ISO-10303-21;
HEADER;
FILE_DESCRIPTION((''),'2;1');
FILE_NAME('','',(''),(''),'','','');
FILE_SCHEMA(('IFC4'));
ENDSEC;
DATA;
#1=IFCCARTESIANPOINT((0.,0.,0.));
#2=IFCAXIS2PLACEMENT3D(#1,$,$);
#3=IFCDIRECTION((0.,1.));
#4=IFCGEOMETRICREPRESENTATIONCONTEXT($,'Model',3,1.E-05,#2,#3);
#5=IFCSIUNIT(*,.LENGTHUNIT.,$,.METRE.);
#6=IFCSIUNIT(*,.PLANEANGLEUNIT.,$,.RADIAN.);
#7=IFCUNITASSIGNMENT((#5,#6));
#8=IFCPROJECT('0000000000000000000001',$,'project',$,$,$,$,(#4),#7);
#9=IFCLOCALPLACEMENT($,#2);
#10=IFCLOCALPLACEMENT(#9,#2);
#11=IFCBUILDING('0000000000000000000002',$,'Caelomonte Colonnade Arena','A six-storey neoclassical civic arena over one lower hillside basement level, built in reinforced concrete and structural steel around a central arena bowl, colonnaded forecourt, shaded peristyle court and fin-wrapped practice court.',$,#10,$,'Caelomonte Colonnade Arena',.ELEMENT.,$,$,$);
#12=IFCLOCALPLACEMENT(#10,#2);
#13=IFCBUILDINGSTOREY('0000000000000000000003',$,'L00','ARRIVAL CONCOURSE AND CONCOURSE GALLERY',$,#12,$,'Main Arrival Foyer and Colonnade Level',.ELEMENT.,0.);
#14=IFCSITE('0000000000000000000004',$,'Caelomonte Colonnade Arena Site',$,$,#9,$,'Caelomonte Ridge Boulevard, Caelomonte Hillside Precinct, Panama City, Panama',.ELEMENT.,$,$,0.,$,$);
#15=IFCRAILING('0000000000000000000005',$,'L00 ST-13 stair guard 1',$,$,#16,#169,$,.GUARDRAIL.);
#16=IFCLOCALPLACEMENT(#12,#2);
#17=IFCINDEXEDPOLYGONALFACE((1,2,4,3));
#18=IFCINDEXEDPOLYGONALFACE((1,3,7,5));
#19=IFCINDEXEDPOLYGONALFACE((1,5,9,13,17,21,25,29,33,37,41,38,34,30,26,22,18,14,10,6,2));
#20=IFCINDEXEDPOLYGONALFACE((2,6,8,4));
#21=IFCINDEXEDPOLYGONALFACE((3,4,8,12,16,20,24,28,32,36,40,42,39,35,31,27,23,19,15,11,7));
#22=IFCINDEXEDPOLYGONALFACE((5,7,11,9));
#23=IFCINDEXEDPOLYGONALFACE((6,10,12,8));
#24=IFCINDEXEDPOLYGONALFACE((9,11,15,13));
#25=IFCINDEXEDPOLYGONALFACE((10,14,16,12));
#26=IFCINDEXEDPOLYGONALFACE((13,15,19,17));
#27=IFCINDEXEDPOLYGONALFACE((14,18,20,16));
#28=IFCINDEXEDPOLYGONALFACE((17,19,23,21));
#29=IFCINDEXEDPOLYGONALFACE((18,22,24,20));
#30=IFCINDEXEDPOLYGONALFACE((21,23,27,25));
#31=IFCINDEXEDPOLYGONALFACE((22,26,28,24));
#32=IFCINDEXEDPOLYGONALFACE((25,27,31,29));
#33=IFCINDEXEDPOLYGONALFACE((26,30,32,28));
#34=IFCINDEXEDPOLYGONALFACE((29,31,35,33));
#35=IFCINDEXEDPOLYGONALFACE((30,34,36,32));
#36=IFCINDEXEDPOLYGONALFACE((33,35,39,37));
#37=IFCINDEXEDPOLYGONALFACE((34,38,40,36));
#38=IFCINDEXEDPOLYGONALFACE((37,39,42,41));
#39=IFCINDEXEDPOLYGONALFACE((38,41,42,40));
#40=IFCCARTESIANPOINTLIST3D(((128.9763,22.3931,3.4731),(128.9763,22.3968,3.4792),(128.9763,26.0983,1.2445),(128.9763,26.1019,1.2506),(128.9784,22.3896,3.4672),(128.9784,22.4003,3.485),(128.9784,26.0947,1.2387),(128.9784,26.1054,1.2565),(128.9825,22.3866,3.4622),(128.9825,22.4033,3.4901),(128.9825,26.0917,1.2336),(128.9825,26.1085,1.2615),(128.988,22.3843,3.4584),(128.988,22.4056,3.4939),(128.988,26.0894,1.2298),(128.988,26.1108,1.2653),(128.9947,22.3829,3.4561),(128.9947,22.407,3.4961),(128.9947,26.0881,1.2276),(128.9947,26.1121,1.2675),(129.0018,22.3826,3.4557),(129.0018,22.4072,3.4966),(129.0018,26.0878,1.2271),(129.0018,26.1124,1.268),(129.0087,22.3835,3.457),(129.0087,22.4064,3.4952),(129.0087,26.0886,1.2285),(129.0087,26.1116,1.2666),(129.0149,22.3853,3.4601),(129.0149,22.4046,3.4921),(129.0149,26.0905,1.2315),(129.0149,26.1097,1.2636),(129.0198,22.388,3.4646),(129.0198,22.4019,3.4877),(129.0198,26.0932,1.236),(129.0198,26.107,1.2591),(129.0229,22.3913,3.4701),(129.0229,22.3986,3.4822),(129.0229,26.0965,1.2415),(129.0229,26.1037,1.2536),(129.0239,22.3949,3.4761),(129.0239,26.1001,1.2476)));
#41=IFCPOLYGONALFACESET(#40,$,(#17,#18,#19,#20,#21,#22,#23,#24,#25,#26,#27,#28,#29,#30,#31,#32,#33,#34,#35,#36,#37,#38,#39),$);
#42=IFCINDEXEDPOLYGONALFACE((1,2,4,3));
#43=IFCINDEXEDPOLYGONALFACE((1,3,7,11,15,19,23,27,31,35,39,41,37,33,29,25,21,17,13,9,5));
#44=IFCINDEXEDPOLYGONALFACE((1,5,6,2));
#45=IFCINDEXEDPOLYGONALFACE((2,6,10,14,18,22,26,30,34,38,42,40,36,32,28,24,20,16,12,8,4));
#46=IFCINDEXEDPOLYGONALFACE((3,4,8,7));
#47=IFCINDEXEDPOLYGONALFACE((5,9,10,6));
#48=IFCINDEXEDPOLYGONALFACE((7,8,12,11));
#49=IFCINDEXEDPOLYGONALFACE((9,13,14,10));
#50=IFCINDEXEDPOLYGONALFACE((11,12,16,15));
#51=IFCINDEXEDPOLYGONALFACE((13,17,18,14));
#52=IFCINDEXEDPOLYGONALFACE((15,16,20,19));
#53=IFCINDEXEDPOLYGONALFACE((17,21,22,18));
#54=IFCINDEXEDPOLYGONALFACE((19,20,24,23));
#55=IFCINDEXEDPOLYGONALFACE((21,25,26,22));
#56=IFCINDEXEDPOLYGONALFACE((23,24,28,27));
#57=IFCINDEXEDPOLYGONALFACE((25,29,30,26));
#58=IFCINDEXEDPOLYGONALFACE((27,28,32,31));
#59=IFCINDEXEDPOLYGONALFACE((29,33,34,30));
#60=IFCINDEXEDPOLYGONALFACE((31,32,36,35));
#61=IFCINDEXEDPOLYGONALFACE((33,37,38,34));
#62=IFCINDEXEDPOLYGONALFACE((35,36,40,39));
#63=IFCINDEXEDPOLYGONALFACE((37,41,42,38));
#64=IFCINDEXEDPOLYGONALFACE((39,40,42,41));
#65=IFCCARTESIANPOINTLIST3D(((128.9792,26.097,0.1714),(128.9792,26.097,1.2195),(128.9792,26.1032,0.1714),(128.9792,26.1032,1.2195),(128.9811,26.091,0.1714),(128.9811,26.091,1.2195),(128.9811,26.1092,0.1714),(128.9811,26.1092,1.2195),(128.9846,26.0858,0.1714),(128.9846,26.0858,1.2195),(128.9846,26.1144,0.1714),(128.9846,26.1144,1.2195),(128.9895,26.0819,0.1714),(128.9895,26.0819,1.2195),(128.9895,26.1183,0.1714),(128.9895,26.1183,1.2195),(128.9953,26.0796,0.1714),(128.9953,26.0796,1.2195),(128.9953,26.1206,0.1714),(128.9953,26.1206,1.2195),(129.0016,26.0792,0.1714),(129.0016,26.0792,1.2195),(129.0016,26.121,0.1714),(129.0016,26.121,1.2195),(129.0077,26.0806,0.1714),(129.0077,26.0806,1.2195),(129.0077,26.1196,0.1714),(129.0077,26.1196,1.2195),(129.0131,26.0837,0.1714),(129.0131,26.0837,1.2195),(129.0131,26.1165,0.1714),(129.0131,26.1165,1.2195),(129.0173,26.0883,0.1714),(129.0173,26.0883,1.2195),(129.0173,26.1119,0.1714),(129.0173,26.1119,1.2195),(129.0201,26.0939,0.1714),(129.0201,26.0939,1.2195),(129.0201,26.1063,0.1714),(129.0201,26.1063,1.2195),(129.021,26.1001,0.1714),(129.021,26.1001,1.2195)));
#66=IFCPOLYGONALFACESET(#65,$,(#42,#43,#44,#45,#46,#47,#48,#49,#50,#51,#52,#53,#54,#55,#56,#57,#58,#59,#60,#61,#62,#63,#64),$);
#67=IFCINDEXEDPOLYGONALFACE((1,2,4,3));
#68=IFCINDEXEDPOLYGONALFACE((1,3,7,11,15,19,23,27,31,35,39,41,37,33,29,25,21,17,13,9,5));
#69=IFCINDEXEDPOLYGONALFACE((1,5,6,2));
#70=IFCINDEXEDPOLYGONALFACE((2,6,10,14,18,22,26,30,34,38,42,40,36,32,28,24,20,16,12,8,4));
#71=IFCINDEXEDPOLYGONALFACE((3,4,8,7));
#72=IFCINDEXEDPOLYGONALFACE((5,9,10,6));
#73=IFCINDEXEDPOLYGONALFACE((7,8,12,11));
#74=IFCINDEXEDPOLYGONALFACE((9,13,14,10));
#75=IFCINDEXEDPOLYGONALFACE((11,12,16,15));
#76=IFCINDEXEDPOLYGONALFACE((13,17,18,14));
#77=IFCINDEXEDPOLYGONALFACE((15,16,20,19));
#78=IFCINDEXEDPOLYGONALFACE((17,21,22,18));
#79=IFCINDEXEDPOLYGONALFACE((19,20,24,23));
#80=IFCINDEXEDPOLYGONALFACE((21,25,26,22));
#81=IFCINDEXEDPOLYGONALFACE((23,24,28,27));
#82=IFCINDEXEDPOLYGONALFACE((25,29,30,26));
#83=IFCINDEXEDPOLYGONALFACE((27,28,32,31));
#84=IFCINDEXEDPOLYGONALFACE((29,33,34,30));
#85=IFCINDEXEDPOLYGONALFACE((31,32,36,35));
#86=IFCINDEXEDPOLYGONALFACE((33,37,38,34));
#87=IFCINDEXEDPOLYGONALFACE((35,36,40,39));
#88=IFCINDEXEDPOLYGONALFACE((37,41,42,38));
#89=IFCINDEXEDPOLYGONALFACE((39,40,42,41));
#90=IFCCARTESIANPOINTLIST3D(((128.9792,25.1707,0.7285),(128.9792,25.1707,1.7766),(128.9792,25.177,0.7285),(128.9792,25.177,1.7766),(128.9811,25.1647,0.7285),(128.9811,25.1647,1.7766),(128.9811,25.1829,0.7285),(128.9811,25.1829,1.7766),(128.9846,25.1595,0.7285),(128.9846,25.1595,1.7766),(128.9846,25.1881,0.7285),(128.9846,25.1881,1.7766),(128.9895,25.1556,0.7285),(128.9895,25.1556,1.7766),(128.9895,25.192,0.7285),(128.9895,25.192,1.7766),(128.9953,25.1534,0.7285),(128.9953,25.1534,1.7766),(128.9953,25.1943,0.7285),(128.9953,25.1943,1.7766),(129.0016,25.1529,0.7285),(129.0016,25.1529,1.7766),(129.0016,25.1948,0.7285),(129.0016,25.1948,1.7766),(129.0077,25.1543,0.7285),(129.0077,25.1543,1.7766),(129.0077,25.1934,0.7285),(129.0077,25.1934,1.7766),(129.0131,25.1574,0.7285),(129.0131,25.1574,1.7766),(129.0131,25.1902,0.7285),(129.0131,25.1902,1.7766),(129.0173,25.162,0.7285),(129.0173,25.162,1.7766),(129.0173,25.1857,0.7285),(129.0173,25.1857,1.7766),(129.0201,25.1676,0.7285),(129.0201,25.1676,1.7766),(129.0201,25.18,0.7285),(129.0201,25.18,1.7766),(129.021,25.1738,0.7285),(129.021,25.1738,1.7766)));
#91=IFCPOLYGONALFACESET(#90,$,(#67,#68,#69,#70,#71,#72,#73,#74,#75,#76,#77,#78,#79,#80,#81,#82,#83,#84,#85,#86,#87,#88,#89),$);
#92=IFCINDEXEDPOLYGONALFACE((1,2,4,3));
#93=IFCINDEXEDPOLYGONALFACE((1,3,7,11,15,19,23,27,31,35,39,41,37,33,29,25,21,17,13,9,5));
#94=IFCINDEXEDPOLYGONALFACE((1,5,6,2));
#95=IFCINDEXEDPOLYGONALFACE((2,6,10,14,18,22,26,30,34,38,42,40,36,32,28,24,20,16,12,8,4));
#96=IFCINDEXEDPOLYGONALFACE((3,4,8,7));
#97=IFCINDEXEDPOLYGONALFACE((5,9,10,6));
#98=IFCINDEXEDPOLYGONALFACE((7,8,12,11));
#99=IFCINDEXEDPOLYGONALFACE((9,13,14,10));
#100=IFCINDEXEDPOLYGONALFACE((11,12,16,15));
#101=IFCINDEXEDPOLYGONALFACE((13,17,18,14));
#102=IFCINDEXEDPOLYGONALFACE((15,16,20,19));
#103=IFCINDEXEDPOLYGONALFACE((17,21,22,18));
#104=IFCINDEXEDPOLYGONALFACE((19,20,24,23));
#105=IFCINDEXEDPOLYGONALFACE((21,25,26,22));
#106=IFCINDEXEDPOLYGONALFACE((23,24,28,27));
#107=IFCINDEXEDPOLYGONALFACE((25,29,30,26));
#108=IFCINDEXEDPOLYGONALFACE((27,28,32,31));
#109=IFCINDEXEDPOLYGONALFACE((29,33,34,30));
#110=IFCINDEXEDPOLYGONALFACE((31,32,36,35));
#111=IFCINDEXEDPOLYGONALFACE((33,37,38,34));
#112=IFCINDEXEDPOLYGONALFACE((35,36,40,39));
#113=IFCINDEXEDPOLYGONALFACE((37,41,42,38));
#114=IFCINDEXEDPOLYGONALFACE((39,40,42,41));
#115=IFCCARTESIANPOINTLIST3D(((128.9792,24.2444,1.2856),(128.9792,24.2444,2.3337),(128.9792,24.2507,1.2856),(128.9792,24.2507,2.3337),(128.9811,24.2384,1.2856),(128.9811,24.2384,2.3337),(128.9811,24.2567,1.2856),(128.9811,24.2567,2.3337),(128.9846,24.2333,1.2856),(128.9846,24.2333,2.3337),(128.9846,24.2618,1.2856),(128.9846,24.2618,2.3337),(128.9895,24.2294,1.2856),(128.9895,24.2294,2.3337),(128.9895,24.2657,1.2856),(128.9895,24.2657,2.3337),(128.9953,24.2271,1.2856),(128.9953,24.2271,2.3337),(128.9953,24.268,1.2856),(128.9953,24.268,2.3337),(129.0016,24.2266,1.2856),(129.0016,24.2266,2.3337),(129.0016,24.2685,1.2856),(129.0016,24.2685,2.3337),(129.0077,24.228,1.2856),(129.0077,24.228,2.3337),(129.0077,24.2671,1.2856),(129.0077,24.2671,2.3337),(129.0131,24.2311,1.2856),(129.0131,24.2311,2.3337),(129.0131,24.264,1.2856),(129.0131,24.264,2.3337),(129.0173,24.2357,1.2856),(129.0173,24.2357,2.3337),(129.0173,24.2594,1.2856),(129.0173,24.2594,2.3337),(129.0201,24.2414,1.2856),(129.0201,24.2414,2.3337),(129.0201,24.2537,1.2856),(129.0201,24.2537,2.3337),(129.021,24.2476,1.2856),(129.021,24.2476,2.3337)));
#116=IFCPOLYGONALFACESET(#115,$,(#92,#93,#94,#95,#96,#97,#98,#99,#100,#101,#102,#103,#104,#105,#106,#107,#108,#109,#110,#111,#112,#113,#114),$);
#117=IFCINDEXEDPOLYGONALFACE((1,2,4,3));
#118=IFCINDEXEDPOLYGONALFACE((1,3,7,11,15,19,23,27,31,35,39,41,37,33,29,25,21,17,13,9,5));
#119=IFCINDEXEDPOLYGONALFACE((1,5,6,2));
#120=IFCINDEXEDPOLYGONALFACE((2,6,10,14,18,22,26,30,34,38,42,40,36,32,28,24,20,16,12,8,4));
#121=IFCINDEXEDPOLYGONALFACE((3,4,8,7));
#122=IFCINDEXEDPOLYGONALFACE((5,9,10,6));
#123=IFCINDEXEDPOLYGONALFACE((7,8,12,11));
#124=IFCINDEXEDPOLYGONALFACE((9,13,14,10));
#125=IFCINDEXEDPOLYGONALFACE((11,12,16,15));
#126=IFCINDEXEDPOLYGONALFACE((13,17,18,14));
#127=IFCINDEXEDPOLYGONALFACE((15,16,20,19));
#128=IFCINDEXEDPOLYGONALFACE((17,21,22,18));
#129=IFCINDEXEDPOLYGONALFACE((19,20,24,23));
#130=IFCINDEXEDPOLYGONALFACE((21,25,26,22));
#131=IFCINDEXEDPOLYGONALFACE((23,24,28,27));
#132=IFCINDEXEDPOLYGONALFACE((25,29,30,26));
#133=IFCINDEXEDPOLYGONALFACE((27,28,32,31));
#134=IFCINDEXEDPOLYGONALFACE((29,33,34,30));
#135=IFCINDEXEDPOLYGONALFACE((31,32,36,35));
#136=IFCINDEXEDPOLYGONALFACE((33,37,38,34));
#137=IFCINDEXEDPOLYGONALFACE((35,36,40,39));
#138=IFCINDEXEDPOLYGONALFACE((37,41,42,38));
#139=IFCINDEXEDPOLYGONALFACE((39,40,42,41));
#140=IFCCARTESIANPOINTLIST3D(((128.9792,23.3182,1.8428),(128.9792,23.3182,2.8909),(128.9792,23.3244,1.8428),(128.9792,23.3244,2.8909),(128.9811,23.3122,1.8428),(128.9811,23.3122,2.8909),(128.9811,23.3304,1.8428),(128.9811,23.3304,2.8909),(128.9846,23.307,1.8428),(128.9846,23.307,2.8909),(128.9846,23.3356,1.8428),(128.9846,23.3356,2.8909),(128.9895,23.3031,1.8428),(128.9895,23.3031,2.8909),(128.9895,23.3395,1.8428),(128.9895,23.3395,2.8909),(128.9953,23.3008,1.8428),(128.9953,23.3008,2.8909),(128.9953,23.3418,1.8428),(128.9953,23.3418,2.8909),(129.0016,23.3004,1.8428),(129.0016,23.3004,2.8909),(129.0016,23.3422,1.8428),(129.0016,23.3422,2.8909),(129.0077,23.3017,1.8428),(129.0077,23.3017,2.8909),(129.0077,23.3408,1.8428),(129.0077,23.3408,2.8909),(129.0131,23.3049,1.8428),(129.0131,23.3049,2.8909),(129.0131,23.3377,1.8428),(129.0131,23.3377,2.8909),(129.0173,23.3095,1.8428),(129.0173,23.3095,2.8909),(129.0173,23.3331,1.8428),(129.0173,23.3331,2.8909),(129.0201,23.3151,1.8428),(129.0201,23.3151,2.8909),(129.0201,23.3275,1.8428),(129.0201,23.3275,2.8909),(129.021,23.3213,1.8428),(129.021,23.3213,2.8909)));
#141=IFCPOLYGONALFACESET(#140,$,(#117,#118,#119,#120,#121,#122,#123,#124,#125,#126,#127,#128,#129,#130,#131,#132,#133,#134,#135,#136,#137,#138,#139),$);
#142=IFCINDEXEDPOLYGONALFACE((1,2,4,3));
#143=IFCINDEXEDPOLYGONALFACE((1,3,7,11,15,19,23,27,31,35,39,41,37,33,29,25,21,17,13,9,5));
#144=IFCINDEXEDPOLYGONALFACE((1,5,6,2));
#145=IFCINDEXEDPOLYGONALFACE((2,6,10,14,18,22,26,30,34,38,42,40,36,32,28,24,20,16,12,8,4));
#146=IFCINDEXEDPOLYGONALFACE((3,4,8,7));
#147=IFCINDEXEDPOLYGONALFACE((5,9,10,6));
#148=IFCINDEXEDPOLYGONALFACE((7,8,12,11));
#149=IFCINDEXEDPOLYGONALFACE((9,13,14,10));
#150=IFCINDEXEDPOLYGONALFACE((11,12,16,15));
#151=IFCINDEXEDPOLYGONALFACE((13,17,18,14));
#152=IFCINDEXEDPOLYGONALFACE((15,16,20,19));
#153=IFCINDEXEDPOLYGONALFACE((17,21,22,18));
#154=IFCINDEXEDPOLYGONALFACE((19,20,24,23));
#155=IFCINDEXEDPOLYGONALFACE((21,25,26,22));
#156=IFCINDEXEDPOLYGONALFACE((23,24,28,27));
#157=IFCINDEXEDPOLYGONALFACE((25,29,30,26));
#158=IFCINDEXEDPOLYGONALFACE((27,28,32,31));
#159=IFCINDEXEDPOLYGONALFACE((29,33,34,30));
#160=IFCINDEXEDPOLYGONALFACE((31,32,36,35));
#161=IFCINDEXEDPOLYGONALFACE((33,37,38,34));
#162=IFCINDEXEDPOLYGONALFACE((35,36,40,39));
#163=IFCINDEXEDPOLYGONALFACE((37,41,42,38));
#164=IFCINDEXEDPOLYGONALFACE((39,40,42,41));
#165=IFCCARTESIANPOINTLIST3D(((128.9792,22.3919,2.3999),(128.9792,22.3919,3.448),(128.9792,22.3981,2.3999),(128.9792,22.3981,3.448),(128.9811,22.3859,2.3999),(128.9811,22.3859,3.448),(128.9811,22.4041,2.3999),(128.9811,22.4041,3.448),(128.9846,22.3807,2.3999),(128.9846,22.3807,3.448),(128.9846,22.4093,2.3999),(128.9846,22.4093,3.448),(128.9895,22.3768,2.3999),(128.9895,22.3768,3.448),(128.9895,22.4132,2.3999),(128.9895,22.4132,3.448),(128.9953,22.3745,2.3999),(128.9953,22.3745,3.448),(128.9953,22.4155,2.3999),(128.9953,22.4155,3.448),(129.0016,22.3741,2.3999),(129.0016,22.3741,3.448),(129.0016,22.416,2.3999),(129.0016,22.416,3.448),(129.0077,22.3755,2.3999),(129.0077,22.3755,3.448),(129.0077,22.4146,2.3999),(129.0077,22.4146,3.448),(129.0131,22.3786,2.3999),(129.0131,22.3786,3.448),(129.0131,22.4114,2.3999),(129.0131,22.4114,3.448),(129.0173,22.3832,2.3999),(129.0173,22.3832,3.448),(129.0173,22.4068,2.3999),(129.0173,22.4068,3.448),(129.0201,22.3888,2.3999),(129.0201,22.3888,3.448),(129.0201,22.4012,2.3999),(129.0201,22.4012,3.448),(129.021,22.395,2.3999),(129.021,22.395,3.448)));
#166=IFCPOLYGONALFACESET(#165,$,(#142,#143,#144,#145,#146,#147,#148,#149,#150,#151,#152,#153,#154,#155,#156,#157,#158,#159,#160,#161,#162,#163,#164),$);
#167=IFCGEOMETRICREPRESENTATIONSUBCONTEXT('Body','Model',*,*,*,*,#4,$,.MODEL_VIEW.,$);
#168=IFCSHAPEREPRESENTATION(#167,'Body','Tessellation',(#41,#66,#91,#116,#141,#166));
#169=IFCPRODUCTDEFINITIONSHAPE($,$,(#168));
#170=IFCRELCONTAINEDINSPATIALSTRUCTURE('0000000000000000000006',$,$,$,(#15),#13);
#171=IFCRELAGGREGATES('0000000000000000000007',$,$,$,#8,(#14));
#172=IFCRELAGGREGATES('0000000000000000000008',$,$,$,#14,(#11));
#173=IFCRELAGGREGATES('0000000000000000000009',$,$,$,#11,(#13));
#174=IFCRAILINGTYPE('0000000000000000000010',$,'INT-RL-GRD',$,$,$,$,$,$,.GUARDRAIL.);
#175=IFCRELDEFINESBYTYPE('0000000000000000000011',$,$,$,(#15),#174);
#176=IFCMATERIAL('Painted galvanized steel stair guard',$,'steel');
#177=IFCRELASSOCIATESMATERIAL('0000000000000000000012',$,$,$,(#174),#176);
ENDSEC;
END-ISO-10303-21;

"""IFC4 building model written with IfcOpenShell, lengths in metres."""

from ifc_helpers import new_model, si_unit, direction, frame, origin, origin_2d, place, context, subcontext, project, spatial, circle, extrude, material, type_object, element, save


model = new_model("IFC4")

# Units and contexts
model_context = context("Model", 3, precision=1e-05, world=origin(), true_north=direction((0.0, 1.0)))
body_context = subcontext(model_context, "Body", "Model", "MODEL_VIEW")
ifc_project = project(units=[si_unit("LENGTHUNIT", "METRE"), si_unit("PLANEANGLEUNIT", "RADIAN")], contexts=[model_context])

# Site, building, storey
site_placement = place(None, origin())
site = spatial("IfcSite", under=ifc_project, at=site_placement, Name="Caelomonte Colonnade Arena Site", LongName="Caelomonte Ridge Boulevard, Caelomonte Hillside Precinct, Panama City, Panama", CompositionType="ELEMENT", RefElevation=0.0)
building_placement = place(site_placement, origin())
building = spatial("IfcBuilding", under=site, at=building_placement, Name="Caelomonte Colonnade Arena", Description="A six-storey neoclassical civic arena over one lower hillside basement level, built in reinforced concrete and structural steel around a central arena bowl, colonnaded forecourt, shaded peristyle court and fin-wrapped practice court.", LongName="Caelomonte Colonnade Arena", CompositionType="ELEMENT")
storey_placement = place(building_placement, origin())
storey = spatial("IfcBuildingStorey", under=building, at=storey_placement, Name="L00", Description="ARRIVAL CONCOURSE AND CONCOURSE GALLERY", LongName="Main Arrival Foyer and Colonnade Level", CompositionType="ELEMENT", Elevation=0.0)

# Railing
ifc_material_1 = material(Name="Painted galvanized steel stair guard", Category="steel")
railing_type_1 = type_object("IfcRailingType", Name="INT-RL-GRD", PredefinedType="GUARDRAIL", material=ifc_material_1)
railing_1_placement = place(storey_placement, frame((129.0, 26.1001, 0.1714)))
element("IfcRailing", 1, at=railing_1_placement, inside=storey, type_object=railing_type_1, Name="L00 ST-13 stair guard 1", PredefinedType="GUARDRAIL", context=body_context, shape_type="SweptSolid", body=[
    extrude(circle(Radius=0.0239, at=origin_2d()), frame((0.0, 0.0, 1.0762), z_axis=(0.0, -0.856934, 0.515425), x_axis=(1.0, 0.0, 0.0)), (0.0, 0.0, 1.0), 4.3237),
    extrude(circle(Radius=0.021, at=origin_2d()), origin(), (0.0, 0.0, 1.0), 1.0481),
    extrude(circle(Radius=0.021, at=origin_2d()), frame((0.0, -0.9263, 0.5571)), (0.0, 0.0, 1.0), 1.0481),
    extrude(circle(Radius=0.021, at=origin_2d()), frame((0.0, -1.8525, 1.1143)), (0.0, 0.0, 1.0), 1.0481),
    extrude(circle(Radius=0.021, at=origin_2d()), frame((0.0, -2.7788, 1.6714)), (0.0, 0.0, 1.0), 1.0481),
    extrude(circle(Radius=0.021, at=origin_2d()), frame((0.0, -3.7051, 2.2285)), (0.0, 0.0, 1.0), 1.0481),
])

save(model, "model.ifc")
